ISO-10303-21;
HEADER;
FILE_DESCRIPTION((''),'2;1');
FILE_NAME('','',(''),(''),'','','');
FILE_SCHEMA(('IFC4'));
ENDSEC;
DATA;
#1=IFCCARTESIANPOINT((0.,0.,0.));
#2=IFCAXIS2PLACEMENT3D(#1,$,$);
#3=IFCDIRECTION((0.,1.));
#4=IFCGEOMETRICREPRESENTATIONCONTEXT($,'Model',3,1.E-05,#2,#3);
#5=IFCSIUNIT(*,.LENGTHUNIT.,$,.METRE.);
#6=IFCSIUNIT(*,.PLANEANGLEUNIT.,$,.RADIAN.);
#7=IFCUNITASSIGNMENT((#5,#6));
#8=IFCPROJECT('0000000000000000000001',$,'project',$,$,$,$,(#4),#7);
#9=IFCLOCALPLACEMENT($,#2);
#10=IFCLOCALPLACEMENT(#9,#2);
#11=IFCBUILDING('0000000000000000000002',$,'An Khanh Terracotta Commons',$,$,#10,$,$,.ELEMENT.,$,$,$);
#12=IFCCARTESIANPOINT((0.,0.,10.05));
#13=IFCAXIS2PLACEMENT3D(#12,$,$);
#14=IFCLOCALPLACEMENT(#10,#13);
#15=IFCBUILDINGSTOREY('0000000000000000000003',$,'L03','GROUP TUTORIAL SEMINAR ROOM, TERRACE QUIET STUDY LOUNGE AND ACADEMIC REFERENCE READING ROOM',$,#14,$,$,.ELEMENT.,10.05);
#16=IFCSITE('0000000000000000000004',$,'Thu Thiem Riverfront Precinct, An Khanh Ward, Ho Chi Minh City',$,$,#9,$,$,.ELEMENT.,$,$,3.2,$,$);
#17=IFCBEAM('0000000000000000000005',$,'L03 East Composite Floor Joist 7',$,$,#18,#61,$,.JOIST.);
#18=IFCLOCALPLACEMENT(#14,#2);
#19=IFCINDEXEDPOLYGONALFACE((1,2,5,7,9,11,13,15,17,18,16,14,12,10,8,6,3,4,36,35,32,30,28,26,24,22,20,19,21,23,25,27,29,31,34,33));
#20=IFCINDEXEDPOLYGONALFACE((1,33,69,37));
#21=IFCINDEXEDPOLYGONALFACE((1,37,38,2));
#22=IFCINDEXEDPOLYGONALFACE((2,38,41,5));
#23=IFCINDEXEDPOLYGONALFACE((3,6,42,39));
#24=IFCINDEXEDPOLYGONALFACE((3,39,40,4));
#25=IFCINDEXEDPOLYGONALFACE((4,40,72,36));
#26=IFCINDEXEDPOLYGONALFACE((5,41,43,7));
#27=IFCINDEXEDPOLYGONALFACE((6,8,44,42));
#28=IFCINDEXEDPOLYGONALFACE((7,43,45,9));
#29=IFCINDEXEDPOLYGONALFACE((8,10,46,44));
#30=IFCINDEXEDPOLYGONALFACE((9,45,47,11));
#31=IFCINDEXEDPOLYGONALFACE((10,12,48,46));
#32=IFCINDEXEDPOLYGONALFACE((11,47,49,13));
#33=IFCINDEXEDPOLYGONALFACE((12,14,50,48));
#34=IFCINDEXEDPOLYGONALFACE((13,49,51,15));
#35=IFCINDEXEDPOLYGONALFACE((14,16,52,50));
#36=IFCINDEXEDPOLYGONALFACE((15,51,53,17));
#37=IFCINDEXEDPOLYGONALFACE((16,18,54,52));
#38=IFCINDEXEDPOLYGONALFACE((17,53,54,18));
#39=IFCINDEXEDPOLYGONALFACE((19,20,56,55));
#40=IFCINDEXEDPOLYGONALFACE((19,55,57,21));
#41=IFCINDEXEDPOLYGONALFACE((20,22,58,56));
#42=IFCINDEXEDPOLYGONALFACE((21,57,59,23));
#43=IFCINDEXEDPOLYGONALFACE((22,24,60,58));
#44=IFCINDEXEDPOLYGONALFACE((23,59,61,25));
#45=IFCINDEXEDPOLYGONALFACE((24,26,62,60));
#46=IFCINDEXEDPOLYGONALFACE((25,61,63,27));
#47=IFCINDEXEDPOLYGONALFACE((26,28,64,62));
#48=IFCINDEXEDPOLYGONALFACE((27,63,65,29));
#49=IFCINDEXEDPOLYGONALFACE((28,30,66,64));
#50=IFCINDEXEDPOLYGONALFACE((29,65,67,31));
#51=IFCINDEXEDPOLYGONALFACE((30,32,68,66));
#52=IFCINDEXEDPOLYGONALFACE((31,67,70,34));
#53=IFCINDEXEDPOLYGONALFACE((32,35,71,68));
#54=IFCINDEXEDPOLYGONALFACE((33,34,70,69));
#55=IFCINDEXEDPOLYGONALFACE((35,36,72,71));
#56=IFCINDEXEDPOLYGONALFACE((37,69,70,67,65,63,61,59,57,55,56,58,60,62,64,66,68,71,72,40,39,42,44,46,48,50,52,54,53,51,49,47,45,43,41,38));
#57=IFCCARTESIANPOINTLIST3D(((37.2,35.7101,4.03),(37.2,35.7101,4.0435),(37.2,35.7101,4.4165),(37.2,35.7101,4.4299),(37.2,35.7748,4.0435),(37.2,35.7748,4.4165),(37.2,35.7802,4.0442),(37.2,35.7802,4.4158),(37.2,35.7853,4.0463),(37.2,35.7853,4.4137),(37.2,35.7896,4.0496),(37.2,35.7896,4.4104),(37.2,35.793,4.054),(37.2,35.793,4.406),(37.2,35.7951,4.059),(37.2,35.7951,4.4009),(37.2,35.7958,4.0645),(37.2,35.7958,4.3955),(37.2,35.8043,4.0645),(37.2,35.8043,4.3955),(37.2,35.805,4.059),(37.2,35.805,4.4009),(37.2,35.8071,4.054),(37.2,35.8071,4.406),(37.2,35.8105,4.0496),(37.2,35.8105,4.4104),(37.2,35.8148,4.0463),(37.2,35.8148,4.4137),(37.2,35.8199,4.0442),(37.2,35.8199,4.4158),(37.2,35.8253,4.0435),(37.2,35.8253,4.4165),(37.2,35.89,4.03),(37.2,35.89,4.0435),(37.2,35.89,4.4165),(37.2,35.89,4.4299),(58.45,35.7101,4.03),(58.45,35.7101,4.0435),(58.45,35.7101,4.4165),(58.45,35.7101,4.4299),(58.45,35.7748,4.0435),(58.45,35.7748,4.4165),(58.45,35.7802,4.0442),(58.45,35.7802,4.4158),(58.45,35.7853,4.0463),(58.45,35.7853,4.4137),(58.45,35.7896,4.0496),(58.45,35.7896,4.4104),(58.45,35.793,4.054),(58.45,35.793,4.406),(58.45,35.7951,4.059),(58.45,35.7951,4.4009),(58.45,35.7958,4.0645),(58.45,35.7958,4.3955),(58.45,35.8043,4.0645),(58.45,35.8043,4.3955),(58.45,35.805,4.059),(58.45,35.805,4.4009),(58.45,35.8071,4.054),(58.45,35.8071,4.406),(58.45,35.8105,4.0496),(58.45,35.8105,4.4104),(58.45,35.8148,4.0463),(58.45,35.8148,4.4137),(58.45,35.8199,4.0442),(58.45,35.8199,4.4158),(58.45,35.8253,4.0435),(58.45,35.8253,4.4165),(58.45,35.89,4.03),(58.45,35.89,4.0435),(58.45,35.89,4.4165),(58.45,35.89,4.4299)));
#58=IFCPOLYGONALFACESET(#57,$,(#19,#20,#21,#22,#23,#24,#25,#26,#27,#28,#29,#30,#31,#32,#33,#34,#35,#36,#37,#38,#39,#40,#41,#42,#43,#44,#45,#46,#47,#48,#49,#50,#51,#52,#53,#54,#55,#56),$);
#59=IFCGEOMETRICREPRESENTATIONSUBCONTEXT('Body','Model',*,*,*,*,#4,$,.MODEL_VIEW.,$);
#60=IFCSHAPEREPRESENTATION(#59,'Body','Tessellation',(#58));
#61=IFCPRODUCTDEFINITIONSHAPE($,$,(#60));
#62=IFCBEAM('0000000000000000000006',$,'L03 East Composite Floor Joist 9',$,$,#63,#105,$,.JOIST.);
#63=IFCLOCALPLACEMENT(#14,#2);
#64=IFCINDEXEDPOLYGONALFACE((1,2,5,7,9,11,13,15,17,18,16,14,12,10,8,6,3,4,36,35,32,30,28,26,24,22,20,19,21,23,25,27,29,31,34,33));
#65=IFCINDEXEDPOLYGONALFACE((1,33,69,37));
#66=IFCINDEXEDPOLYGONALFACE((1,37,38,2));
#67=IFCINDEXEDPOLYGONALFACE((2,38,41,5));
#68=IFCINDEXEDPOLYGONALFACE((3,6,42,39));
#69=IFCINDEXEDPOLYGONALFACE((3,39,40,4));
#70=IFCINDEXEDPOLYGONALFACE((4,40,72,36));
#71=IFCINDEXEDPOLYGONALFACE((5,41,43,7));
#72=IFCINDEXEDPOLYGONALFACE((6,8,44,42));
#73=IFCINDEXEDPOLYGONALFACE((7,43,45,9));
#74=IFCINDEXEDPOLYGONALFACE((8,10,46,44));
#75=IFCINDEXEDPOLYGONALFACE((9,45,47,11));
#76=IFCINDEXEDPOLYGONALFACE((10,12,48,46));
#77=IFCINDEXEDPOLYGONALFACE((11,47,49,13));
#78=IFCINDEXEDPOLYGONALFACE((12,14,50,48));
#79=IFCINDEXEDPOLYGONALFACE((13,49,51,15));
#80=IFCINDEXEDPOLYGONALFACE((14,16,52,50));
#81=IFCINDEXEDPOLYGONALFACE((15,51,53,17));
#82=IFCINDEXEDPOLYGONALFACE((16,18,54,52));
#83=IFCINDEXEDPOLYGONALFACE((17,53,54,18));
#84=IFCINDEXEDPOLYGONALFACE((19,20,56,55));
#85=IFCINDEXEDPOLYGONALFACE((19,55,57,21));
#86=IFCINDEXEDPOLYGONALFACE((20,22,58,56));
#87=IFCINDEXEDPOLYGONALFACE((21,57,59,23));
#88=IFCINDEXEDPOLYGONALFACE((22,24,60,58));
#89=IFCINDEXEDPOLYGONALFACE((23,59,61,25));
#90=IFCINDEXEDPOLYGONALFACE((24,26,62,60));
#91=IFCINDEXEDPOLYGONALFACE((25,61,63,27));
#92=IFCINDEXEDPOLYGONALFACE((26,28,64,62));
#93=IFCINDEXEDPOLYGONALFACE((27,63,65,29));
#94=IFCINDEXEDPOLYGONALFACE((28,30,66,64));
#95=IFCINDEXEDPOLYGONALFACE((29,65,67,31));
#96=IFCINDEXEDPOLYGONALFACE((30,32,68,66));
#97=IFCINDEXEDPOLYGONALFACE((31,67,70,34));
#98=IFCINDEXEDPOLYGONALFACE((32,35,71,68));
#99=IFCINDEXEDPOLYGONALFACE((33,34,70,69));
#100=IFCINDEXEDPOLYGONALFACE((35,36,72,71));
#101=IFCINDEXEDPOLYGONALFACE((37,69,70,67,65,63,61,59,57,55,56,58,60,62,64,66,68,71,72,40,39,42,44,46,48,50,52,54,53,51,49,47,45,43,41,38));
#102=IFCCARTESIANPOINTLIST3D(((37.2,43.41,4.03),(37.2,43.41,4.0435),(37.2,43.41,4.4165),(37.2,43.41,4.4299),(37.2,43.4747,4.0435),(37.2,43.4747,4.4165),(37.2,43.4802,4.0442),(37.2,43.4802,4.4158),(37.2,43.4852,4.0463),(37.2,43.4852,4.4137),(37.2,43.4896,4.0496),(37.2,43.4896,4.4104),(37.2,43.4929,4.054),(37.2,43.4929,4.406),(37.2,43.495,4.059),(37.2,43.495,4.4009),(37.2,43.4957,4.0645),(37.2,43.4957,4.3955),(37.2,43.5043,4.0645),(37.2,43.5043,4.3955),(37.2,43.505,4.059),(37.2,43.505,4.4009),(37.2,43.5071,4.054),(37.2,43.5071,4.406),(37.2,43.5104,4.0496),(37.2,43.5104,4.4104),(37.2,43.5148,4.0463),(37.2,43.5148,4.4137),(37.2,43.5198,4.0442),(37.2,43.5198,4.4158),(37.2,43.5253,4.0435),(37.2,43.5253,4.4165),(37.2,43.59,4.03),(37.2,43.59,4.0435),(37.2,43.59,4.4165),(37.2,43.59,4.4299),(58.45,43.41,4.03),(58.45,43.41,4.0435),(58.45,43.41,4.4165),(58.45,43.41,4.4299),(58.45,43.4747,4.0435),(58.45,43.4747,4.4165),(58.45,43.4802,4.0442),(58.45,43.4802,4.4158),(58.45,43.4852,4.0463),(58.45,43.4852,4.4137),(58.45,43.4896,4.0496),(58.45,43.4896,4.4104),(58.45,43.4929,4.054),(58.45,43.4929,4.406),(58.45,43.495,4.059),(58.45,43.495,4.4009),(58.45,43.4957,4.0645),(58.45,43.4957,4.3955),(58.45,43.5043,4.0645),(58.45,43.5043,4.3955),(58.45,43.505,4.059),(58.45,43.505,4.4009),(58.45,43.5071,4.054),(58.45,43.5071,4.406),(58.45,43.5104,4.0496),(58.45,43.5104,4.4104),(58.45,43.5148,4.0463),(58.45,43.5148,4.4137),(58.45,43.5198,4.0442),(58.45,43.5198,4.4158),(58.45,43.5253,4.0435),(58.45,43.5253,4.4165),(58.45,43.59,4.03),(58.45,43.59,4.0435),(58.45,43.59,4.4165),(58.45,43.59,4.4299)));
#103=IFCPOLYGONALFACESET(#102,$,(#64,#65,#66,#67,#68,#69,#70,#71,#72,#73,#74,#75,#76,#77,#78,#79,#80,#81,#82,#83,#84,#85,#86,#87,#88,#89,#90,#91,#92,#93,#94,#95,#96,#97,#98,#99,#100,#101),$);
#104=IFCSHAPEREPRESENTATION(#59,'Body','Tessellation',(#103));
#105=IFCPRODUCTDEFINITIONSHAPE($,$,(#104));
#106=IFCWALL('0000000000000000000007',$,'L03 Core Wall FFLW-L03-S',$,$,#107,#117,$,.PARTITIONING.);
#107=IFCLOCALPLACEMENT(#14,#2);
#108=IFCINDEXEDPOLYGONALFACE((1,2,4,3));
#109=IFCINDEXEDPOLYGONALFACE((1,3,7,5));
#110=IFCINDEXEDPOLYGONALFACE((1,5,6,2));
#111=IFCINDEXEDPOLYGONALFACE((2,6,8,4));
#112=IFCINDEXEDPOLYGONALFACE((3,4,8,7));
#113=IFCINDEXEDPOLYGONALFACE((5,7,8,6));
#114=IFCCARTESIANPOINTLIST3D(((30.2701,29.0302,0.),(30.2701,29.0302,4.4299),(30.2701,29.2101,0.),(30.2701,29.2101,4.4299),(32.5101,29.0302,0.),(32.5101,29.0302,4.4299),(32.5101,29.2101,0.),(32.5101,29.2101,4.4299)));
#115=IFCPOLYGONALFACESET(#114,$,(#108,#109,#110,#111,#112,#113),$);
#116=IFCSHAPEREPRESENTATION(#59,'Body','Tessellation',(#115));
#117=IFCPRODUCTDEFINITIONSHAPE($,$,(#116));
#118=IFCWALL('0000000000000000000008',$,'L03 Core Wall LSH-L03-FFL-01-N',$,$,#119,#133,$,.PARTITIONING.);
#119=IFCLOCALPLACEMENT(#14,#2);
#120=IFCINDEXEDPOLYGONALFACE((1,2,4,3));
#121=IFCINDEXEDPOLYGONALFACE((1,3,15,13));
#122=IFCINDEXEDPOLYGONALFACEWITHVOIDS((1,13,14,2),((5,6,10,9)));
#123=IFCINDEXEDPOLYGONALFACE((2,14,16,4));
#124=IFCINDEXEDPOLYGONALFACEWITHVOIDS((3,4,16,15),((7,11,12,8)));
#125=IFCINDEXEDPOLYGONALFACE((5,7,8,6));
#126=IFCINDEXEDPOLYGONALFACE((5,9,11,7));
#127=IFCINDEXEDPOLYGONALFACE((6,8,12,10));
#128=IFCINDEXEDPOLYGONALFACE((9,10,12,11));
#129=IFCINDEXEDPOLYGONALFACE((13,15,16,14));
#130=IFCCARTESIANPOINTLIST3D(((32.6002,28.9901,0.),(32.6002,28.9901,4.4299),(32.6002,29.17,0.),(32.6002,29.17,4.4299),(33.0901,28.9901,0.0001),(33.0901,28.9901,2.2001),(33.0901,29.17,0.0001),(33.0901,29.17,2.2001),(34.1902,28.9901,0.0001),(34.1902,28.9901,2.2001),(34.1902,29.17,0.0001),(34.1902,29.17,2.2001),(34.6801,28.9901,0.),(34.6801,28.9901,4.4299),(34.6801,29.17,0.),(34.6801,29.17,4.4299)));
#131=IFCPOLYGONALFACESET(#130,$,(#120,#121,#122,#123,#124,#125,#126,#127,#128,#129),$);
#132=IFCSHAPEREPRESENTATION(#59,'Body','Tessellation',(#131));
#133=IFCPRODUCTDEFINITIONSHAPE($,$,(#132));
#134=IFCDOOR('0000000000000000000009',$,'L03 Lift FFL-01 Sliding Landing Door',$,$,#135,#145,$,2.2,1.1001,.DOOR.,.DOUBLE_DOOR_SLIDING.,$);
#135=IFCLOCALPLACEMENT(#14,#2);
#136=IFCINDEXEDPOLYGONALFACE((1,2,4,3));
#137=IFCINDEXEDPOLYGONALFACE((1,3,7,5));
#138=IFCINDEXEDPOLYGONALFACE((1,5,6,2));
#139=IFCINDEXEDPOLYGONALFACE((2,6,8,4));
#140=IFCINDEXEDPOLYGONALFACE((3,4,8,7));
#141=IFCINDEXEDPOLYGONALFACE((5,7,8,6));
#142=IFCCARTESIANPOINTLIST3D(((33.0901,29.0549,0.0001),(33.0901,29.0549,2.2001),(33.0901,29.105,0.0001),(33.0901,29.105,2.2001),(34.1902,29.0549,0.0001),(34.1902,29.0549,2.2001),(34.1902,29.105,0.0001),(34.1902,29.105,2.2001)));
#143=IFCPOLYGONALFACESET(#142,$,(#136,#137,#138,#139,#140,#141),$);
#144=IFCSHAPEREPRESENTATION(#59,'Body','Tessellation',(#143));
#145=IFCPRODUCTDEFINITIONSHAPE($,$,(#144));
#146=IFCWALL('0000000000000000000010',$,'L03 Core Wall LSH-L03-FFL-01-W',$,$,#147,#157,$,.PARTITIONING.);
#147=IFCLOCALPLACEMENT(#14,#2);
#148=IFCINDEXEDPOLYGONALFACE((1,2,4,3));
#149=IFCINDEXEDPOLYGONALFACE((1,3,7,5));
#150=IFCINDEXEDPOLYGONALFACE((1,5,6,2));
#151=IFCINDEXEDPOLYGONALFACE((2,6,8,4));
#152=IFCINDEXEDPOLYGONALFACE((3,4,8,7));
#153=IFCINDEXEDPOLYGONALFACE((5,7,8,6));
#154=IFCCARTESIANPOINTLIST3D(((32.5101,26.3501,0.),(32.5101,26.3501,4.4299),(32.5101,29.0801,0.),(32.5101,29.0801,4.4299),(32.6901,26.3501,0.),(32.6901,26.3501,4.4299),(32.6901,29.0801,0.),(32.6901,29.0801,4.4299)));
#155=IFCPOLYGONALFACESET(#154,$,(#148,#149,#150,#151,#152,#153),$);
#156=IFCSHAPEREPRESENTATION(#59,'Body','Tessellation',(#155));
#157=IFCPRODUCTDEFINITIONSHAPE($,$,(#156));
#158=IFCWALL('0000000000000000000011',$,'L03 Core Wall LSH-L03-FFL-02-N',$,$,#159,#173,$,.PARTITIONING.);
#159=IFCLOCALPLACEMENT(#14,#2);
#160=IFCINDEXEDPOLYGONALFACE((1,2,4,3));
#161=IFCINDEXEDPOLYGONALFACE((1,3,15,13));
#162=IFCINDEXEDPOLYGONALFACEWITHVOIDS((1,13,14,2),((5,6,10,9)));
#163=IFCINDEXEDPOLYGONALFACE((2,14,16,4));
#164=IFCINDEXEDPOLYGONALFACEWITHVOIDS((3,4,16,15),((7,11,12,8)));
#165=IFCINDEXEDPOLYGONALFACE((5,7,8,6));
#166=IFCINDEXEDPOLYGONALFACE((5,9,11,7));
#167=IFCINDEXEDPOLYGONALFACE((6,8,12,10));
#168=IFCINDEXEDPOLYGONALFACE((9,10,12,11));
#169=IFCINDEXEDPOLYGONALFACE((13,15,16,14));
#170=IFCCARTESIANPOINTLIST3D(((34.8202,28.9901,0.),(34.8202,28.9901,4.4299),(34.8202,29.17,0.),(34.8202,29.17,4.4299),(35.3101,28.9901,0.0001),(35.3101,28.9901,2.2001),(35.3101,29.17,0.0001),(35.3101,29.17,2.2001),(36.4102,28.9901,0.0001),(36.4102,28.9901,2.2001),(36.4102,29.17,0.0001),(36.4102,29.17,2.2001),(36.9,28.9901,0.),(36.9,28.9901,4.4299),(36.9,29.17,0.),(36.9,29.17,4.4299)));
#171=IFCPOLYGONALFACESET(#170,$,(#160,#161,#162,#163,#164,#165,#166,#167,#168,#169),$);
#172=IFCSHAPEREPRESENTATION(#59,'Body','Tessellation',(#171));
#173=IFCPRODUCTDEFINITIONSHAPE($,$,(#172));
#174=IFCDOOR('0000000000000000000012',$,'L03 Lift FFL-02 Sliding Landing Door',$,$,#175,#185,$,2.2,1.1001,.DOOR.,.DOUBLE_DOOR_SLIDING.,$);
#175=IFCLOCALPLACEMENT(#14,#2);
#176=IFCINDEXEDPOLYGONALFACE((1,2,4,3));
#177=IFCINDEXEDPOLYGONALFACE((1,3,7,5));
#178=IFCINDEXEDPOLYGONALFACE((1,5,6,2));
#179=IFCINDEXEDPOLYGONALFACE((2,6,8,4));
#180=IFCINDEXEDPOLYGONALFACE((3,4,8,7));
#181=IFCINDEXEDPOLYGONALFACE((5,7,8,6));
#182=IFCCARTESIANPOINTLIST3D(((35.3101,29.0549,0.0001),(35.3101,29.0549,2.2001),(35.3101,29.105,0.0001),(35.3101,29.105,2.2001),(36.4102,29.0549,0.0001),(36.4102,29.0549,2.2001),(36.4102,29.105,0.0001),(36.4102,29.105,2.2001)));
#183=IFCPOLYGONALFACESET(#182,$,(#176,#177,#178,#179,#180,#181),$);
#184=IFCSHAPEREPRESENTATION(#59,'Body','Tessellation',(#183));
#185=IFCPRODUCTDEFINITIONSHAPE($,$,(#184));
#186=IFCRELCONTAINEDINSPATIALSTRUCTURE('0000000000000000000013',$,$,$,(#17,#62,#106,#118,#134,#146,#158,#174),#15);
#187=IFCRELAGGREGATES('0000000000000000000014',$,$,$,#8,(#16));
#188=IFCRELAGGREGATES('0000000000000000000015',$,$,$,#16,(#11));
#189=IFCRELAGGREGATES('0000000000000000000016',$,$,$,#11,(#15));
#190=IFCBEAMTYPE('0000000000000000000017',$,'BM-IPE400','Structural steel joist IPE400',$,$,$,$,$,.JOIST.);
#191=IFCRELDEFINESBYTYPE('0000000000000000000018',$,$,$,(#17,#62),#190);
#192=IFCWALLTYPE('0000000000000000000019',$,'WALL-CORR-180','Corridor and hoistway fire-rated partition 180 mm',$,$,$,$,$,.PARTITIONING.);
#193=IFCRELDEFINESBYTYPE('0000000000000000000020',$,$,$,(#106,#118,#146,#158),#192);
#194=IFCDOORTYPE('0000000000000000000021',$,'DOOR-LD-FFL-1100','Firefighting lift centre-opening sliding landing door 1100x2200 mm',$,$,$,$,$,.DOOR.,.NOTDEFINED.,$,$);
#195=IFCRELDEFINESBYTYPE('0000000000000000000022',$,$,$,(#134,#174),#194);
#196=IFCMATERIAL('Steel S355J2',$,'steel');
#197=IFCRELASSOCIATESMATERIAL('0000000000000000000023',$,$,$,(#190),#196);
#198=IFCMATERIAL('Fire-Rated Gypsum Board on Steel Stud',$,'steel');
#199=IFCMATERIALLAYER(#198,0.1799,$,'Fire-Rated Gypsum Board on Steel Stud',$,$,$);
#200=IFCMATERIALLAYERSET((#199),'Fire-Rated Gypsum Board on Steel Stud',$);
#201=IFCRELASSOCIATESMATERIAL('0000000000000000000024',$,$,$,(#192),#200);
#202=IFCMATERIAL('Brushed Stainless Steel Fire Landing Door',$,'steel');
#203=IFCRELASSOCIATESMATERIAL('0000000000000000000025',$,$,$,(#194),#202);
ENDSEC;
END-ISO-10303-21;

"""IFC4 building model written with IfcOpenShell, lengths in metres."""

from ifc_helpers import new_model, si_unit, direction, frame, frame_2d, origin, origin_2d, place, context, subcontext, project, spatial, rectangle, i_section, extrude, material, layer, layer_set, material_profile, profile_set, type_object, element, fill, save


model = new_model("IFC4")

# Units and contexts
model_context = context("Model", 3, precision=1e-05, world=origin(), true_north=direction((0.0, 1.0)))
body_context = subcontext(model_context, "Body", "Model", "MODEL_VIEW")
ifc_project = project(units=[si_unit("LENGTHUNIT", "METRE"), si_unit("PLANEANGLEUNIT", "RADIAN")], contexts=[model_context])

# Site, building, storey
site_placement = place(None, origin())
site = spatial("IfcSite", under=ifc_project, at=site_placement, Name="Thu Thiem Riverfront Precinct, An Khanh Ward, Ho Chi Minh City", CompositionType="ELEMENT", RefElevation=3.2)
building_placement = place(site_placement, origin())
building = spatial("IfcBuilding", under=site, at=building_placement, Name="An Khanh Terracotta Commons", CompositionType="ELEMENT")
storey_placement = place(building_placement, frame((0.0, 0.0, 10.05)))
storey = spatial("IfcBuildingStorey", under=building, at=storey_placement, Name="L03", Description="GROUP TUTORIAL SEMINAR ROOM, TERRACE QUIET STUDY LOUNGE AND ACADEMIC REFERENCE READING ROOM", CompositionType="ELEMENT", Elevation=10.05)

# Beams
ifc_material_1 = material(Name="Steel S355J2", Category="steel")
ifc_material_profile_1 = material_profile(ifc_material_1, i_section(OverallWidth=0.1799, OverallDepth=0.3999, WebThickness=0.0085, FlangeThickness=0.0134, FilletRadius=0.021, at=origin_2d()), Name="IPE400")
ifc_profile_set_1 = profile_set([ifc_material_profile_1], Name="Steel S355J2")
beam_type_1 = type_object("IfcBeamType", Name="BM-IPE400", Description="Structural steel joist IPE400", PredefinedType="JOIST", material=ifc_profile_set_1)
for number, where, z_axis, x_axis, name in (
    (1, (37.2, 35.8, 4.23), (1.0, 0.0, 0.0), (0.0, 1.0, 0.0), "L03 East Composite Floor Joist 7"),
    (2, (37.2, 43.5, 4.23), (1.0, 0.0, 0.0), (0.0, 1.0, 0.0), "L03 East Composite Floor Joist 9"),
):
    element("IfcBeam", number, at=place(storey_placement, frame(where, z_axis=z_axis, x_axis=x_axis)), inside=storey, type_object=beam_type_1, Name=name, PredefinedType="JOIST", context=body_context, shape_type="SweptSolid", body=[
        extrude(i_section(OverallWidth=0.1799, OverallDepth=0.3999, WebThickness=0.0085, FlangeThickness=0.0134, FilletRadius=0.021, at=origin_2d()), origin(), (0.0, 0.0, 1.0), 21.25),
    ])

# Wall
ifc_material_2 = material(Name="Fire-Rated Gypsum Board on Steel Stud", Category="steel")
ifc_layer_1 = layer(ifc_material_2, 0.1799, Name="Fire-Rated Gypsum Board on Steel Stud")
ifc_layer_set_1 = layer_set([ifc_layer_1], Name="Fire-Rated Gypsum Board on Steel Stud")
wall_type_1 = type_object("IfcWallType", Name="WALL-CORR-180", Description="Corridor and hoistway fire-rated partition 180 mm", PredefinedType="PARTITIONING", material=ifc_layer_set_1)
wall_1_placement = place(storey_placement, frame((30.27, 29.1201, 0.0), z_axis=(0.0, 0.0, 1.0), x_axis=(1.0, 0.0, 0.0)))
element("IfcWall", 3, at=wall_1_placement, inside=storey, type_object=wall_type_1, Name="L03 Core Wall FFLW-L03-S", PredefinedType="PARTITIONING", context=body_context, shape_type="SweptSolid", body=[
    extrude(rectangle(XDim=2.24, YDim=0.1799, at=frame_2d((1.1201, 0.0))), origin(), (0.0, 0.0, 1.0), 4.4299),
])

# Wall, opening, door
wall_2_placement = place(storey_placement, frame((32.6001, 29.0801, 0.0), z_axis=(0.0, 0.0, 1.0), x_axis=(1.0, 0.0, 0.0)))
wall_2 = element("IfcWall", 4, at=wall_2_placement, inside=storey, type_object=wall_type_1, Name="L03 Core Wall LSH-L03-FFL-01-N", PredefinedType="PARTITIONING", context=body_context, shape_type="SweptSolid", body=[
    extrude(rectangle(XDim=2.0798, YDim=0.1799, at=frame_2d((1.04, 0.0))), origin(), (0.0, 0.0, 1.0), 4.4299),
])
opening_1_placement = place(wall_2_placement, frame((0.49, 0.0, 0.0)))
opening_1 = element("IfcOpeningElement", 5, at=opening_1_placement, cuts=wall_2, PredefinedType="OPENING", context=body_context, shape_type="SweptSolid", body=[
    extrude(rectangle(XDim=1.1001, YDim=2.2, at=frame_2d((0.55, 1.1001))), frame((0.0, 0.0999, 0.0), z_axis=(0.0, -1.0, 0.0), x_axis=(1.0, 0.0, 0.0)), (0.0, 0.0, 1.0), 0.2),
])
ifc_material_3 = material(Name="Brushed Stainless Steel Fire Landing Door", Category="steel")
door_type_1 = type_object("IfcDoorType", Name="DOOR-LD-FFL-1100", Description="Firefighting lift centre-opening sliding landing door 1100x2200 mm", OperationType="NOTDEFINED", PredefinedType="DOOR", material=ifc_material_3)
door_1_placement = place(opening_1_placement, origin())
door_1 = element("IfcDoor", 6, at=door_1_placement, inside=storey, type_object=door_type_1, Name="L03 Lift FFL-01 Sliding Landing Door", OperationType="DOUBLE_DOOR_SLIDING", OverallHeight=2.2, OverallWidth=1.1001, PredefinedType="DOOR", context=body_context, shape_type="SweptSolid", body=[
    extrude(rectangle(XDim=1.1001, YDim=2.2, at=frame_2d((0.55, 1.1001))), frame((0.0, 0.0249, 0.0), z_axis=(0.0, -1.0, 0.0), x_axis=(1.0, 0.0, 0.0)), (0.0, 0.0, 1.0), 0.05),
])
fill(opening_1, door_1)

# Wall
wall_3_placement = place(storey_placement, frame((32.6001, 29.0801, 0.0), z_axis=(0.0, 0.0, 1.0), x_axis=(0.0, -1.0, 0.0)))
element("IfcWall", 7, at=wall_3_placement, inside=storey, type_object=wall_type_1, Name="L03 Core Wall LSH-L03-FFL-01-W", PredefinedType="PARTITIONING", context=body_context, shape_type="SweptSolid", body=[
    extrude(rectangle(XDim=2.73, YDim=0.1799, at=frame_2d((1.365, 0.0))), origin(), (0.0, 0.0, 1.0), 4.4299),
])

# Wall, opening, door
wall_4_placement = place(storey_placement, frame((34.8201, 29.0801, 0.0), z_axis=(0.0, 0.0, 1.0), x_axis=(1.0, 0.0, 0.0)))
wall_4 = element("IfcWall", 8, at=wall_4_placement, inside=storey, type_object=wall_type_1, Name="L03 Core Wall LSH-L03-FFL-02-N", PredefinedType="PARTITIONING", context=body_context, shape_type="SweptSolid", body=[
    extrude(rectangle(XDim=2.0798, YDim=0.1799, at=frame_2d((1.04, 0.0))), origin(), (0.0, 0.0, 1.0), 4.4299),
])
opening_2_placement = place(wall_4_placement, frame((0.49, 0.0, 0.0)))
opening_2 = element("IfcOpeningElement", 9, at=opening_2_placement, cuts=wall_4, PredefinedType="OPENING", context=body_context, shape_type="SweptSolid", body=[
    extrude(rectangle(XDim=1.1001, YDim=2.2, at=frame_2d((0.55, 1.1001))), frame((0.0, 0.0999, 0.0), z_axis=(0.0, -1.0, 0.0), x_axis=(1.0, 0.0, 0.0)), (0.0, 0.0, 1.0), 0.2),
])
door_2_placement = place(opening_2_placement, origin())
door_2 = element("IfcDoor", 10, at=door_2_placement, inside=storey, type_object=door_type_1, Name="L03 Lift FFL-02 Sliding Landing Door", OperationType="DOUBLE_DOOR_SLIDING", OverallHeight=2.2, OverallWidth=1.1001, PredefinedType="DOOR", context=body_context, shape_type="SweptSolid", body=[
    extrude(rectangle(XDim=1.1001, YDim=2.2, at=frame_2d((0.55, 1.1001))), frame((0.0, 0.0249, 0.0), z_axis=(0.0, -1.0, 0.0), x_axis=(1.0, 0.0, 0.0)), (0.0, 0.0, 1.0), 0.05),
])
fill(opening_2, door_2)

save(model, "model.ifc")
